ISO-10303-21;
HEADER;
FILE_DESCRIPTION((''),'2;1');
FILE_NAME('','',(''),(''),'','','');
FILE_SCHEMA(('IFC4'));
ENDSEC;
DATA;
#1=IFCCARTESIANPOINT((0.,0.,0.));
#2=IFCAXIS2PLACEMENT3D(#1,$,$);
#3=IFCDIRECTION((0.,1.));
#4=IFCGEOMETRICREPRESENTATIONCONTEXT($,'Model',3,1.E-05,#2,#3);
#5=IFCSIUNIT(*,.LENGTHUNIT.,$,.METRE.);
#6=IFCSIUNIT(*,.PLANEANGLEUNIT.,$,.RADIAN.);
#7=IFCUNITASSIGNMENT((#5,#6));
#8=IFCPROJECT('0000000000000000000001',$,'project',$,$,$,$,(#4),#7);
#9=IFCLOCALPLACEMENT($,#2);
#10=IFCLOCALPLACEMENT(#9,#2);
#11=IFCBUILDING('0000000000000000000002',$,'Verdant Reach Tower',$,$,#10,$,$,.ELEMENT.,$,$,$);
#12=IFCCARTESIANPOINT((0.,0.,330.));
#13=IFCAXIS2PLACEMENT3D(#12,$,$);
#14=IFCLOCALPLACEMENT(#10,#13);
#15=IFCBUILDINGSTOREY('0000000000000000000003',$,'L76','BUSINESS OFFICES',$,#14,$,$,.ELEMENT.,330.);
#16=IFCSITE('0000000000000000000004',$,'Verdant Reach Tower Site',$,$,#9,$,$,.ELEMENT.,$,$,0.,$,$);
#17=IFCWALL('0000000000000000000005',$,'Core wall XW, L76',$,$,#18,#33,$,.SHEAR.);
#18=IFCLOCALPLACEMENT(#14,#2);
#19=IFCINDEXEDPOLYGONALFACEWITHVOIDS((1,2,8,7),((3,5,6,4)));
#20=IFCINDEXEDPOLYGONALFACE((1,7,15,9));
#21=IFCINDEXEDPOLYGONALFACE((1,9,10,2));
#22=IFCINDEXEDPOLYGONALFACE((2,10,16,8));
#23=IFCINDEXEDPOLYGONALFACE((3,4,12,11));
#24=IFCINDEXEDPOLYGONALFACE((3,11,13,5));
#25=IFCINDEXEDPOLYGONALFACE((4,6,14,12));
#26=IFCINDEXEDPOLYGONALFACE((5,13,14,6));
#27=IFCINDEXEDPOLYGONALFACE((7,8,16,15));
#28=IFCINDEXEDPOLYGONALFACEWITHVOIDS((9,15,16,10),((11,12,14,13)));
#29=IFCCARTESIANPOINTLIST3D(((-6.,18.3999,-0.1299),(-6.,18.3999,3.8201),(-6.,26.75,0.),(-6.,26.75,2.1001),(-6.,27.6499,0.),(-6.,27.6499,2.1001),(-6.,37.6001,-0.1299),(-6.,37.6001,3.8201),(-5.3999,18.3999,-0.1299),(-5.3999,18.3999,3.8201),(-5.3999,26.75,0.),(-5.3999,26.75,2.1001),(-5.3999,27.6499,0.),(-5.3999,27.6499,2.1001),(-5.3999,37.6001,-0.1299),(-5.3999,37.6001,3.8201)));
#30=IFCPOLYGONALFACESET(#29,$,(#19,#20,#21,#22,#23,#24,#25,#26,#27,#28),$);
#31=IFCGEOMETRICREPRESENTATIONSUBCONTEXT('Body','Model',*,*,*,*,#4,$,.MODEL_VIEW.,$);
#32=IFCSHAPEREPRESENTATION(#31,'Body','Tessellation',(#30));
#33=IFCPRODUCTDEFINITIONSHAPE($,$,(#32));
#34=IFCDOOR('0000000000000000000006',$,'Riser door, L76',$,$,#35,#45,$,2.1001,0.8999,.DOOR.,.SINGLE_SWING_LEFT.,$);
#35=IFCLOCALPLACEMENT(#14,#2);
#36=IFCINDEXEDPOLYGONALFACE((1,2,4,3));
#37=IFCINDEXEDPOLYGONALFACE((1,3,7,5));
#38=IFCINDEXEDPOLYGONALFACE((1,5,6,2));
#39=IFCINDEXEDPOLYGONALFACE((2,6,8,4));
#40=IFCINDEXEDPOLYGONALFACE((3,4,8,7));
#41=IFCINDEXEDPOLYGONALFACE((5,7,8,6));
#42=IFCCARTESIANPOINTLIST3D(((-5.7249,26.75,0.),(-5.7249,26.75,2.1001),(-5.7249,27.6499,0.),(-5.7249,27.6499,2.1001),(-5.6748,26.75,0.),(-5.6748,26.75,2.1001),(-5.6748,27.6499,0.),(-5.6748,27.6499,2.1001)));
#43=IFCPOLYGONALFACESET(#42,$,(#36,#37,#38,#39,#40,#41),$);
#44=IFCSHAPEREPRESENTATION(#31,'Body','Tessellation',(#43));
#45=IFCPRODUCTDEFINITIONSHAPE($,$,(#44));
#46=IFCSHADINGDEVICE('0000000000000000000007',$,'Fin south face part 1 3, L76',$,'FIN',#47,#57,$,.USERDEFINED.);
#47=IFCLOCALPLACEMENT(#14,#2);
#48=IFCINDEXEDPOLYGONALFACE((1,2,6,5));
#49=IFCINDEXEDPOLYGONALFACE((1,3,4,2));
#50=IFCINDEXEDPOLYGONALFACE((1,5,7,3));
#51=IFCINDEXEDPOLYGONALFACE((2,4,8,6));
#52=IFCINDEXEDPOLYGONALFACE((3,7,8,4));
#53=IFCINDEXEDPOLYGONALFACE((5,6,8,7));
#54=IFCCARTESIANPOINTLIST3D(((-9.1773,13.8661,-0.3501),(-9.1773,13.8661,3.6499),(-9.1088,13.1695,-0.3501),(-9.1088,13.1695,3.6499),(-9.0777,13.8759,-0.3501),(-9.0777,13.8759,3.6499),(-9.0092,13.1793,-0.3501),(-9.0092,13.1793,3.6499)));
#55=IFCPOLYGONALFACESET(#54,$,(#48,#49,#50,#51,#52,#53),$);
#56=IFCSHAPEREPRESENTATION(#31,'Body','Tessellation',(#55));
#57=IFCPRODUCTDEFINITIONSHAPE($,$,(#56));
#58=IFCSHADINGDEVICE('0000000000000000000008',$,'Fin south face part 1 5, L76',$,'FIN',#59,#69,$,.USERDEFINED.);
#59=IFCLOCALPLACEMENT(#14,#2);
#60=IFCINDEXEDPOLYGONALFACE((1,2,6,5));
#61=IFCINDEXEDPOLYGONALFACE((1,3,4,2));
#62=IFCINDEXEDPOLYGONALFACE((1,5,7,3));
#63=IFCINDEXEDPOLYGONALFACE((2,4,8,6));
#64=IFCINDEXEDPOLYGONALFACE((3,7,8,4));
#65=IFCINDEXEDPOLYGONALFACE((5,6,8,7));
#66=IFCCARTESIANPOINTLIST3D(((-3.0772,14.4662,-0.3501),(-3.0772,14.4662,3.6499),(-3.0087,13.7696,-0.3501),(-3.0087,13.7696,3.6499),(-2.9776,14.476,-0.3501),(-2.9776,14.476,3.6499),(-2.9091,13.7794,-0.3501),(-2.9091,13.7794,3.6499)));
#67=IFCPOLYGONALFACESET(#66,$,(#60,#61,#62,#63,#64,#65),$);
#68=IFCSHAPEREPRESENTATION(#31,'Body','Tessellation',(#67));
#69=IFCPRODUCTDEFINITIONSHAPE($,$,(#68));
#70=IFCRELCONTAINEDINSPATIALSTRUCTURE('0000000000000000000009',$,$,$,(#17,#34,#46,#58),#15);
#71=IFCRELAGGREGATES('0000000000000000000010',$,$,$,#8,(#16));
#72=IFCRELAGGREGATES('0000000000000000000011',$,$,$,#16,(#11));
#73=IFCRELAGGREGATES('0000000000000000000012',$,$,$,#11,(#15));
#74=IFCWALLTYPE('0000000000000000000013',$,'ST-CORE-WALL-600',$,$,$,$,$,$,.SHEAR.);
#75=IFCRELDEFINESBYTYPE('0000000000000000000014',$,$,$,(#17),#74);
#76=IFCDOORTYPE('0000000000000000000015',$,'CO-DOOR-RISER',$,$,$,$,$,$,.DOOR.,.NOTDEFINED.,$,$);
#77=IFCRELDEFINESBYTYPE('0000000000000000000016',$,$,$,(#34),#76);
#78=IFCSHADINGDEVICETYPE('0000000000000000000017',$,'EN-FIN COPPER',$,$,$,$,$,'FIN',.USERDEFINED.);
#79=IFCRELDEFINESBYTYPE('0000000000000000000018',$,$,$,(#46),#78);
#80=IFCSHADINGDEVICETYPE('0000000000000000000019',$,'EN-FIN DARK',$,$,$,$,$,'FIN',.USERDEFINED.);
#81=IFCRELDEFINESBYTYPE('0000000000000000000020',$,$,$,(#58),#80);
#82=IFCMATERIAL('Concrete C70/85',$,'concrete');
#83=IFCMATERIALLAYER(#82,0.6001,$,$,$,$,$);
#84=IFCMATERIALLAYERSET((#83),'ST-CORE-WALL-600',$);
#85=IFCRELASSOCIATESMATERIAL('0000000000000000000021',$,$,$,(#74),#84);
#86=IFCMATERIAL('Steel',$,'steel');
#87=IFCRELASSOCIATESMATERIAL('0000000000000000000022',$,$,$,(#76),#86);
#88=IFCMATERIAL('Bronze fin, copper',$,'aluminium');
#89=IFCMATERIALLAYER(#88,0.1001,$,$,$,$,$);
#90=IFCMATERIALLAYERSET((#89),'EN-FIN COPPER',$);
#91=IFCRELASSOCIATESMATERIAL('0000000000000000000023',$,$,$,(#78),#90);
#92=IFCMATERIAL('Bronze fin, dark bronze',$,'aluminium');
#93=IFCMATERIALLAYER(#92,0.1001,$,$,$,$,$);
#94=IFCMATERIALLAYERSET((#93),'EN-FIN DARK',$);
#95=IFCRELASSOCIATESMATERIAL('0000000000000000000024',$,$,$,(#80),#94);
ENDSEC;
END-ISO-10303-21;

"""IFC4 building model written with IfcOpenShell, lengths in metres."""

from ifc_helpers import new_model, si_unit, direction, frame, frame_2d, origin, origin_2d, place, context, subcontext, project, spatial, rectangle, extrude, material, layer, layer_set, type_object, element, fill, save


model = new_model("IFC4")

# Units and contexts
model_context = context("Model", 3, precision=1e-05, world=origin(), true_north=direction((0.0, 1.0)))
body_context = subcontext(model_context, "Body", "Model", "MODEL_VIEW")
ifc_project = project(units=[si_unit("LENGTHUNIT", "METRE"), si_unit("PLANEANGLEUNIT", "RADIAN")], contexts=[model_context])

# Site, building, storey
site_placement = place(None, origin())
site = spatial("IfcSite", under=ifc_project, at=site_placement, Name="Verdant Reach Tower Site", CompositionType="ELEMENT", RefElevation=0.0)
building_placement = place(site_placement, origin())
building = spatial("IfcBuilding", under=site, at=building_placement, Name="Verdant Reach Tower", CompositionType="ELEMENT")
storey_placement = place(building_placement, frame((0.0, 0.0, 330.0)))
storey = spatial("IfcBuildingStorey", under=building, at=storey_placement, Name="L76", Description="BUSINESS OFFICES", CompositionType="ELEMENT", Elevation=330.0)

# Wall, opening, door
ifc_material_1 = material(Name="Concrete C70/85", Category="concrete")
ifc_layer_1 = layer(ifc_material_1, 0.6001)
ifc_layer_set_1 = layer_set([ifc_layer_1], Name="ST-CORE-WALL-600")
wall_type_1 = type_object("IfcWallType", Name="ST-CORE-WALL-600", PredefinedType="SHEAR", material=ifc_layer_set_1)
wall_1_placement = place(storey_placement, frame((-5.7, 18.3999, -0.1299), z_axis=(0.0, 0.0, 1.0), x_axis=(0.0, 1.0, 0.0)))
wall_1 = element("IfcWall", 1, at=wall_1_placement, inside=storey, type_object=wall_type_1, Name="Core wall XW, L76", PredefinedType="SHEAR", context=body_context, shape_type="SweptSolid", body=[
    extrude(rectangle(XDim=19.2002, YDim=0.6001, at=frame_2d((9.6001, 0.0))), origin(), (0.0, 0.0, 1.0), 3.95),
])
opening_1_placement = place(wall_1_placement, frame((8.3501, 0.0, 0.1299)))
opening_1 = element("IfcOpeningElement", 2, at=opening_1_placement, cuts=wall_1, PredefinedType="OPENING", context=body_context, shape_type="SweptSolid", body=[
    extrude(rectangle(XDim=0.8999, YDim=2.1001, at=frame_2d((0.45, 1.05))), frame((0.0, 0.3101, 0.0), z_axis=(0.0, -1.0, 0.0), x_axis=(1.0, 0.0, 0.0)), (0.0, 0.0, 1.0), 0.6201),
])
ifc_material_2 = material(Name="Steel", Category="steel")
door_type_1 = type_object("IfcDoorType", Name="CO-DOOR-RISER", OperationType="NOTDEFINED", PredefinedType="DOOR", material=ifc_material_2)
door_1_placement = place(opening_1_placement, origin())
door_1 = element("IfcDoor", 3, at=door_1_placement, inside=storey, type_object=door_type_1, Name="Riser door, L76", OperationType="SINGLE_SWING_LEFT", OverallHeight=2.1001, OverallWidth=0.8999, PredefinedType="DOOR", context=body_context, shape_type="SweptSolid", body=[
    extrude(rectangle(XDim=0.8999, YDim=2.1001, at=frame_2d((0.45, 1.05))), frame((0.0, 0.0249, 0.0), z_axis=(0.0, -1.0, 0.0), x_axis=(1.0, 0.0, 0.0)), (0.0, 0.0, 1.0), 0.05),
])
fill(opening_1, door_1)

# Shading devices
ifc_material_3 = material(Name="Bronze fin, copper", Category="aluminium")
ifc_layer_2 = layer(ifc_material_3, 0.1001)
ifc_layer_set_2 = layer_set([ifc_layer_2], Name="EN-FIN COPPER")
shading_device_type_1 = type_object("IfcShadingDeviceType", Name="EN-FIN COPPER", ElementType="FIN", PredefinedType="USERDEFINED", material=ifc_layer_set_2)
shading_device_1_placement = place(storey_placement, frame((-9.0933, 13.5227, -0.3501), z_axis=(0.0, 0.0, 1.0), x_axis=(0.995197, 0.097888, 0.0)))
element("IfcShadingDevice", 4, at=shading_device_1_placement, inside=storey, type_object=shading_device_type_1, Name="Fin south face part 1 3, L76", ObjectType="FIN", PredefinedType="USERDEFINED", context=body_context, shape_type="SweptSolid", body=[
    extrude(rectangle(XDim=0.1001, YDim=0.7, at=origin_2d()), origin(), (0.0, 0.0, 1.0), 4.0),
])
ifc_material_4 = material(Name="Bronze fin, dark bronze", Category="aluminium")
ifc_layer_3 = layer(ifc_material_4, 0.1001)
ifc_layer_set_3 = layer_set([ifc_layer_3], Name="EN-FIN DARK")
shading_device_type_2 = type_object("IfcShadingDeviceType", Name="EN-FIN DARK", ElementType="FIN", PredefinedType="USERDEFINED", material=ifc_layer_set_3)
shading_device_2_placement = place(storey_placement, frame((-2.9932, 14.1228, -0.3501), z_axis=(0.0, 0.0, 1.0), x_axis=(0.995197, 0.097888, 0.0)))
element("IfcShadingDevice", 5, at=shading_device_2_placement, inside=storey, type_object=shading_device_type_2, Name="Fin south face part 1 5, L76", ObjectType="FIN", PredefinedType="USERDEFINED", context=body_context, shape_type="SweptSolid", body=[
    extrude(rectangle(XDim=0.1001, YDim=0.7, at=origin_2d()), origin(), (0.0, 0.0, 1.0), 4.0),
])

save(model, "model.ifc")
